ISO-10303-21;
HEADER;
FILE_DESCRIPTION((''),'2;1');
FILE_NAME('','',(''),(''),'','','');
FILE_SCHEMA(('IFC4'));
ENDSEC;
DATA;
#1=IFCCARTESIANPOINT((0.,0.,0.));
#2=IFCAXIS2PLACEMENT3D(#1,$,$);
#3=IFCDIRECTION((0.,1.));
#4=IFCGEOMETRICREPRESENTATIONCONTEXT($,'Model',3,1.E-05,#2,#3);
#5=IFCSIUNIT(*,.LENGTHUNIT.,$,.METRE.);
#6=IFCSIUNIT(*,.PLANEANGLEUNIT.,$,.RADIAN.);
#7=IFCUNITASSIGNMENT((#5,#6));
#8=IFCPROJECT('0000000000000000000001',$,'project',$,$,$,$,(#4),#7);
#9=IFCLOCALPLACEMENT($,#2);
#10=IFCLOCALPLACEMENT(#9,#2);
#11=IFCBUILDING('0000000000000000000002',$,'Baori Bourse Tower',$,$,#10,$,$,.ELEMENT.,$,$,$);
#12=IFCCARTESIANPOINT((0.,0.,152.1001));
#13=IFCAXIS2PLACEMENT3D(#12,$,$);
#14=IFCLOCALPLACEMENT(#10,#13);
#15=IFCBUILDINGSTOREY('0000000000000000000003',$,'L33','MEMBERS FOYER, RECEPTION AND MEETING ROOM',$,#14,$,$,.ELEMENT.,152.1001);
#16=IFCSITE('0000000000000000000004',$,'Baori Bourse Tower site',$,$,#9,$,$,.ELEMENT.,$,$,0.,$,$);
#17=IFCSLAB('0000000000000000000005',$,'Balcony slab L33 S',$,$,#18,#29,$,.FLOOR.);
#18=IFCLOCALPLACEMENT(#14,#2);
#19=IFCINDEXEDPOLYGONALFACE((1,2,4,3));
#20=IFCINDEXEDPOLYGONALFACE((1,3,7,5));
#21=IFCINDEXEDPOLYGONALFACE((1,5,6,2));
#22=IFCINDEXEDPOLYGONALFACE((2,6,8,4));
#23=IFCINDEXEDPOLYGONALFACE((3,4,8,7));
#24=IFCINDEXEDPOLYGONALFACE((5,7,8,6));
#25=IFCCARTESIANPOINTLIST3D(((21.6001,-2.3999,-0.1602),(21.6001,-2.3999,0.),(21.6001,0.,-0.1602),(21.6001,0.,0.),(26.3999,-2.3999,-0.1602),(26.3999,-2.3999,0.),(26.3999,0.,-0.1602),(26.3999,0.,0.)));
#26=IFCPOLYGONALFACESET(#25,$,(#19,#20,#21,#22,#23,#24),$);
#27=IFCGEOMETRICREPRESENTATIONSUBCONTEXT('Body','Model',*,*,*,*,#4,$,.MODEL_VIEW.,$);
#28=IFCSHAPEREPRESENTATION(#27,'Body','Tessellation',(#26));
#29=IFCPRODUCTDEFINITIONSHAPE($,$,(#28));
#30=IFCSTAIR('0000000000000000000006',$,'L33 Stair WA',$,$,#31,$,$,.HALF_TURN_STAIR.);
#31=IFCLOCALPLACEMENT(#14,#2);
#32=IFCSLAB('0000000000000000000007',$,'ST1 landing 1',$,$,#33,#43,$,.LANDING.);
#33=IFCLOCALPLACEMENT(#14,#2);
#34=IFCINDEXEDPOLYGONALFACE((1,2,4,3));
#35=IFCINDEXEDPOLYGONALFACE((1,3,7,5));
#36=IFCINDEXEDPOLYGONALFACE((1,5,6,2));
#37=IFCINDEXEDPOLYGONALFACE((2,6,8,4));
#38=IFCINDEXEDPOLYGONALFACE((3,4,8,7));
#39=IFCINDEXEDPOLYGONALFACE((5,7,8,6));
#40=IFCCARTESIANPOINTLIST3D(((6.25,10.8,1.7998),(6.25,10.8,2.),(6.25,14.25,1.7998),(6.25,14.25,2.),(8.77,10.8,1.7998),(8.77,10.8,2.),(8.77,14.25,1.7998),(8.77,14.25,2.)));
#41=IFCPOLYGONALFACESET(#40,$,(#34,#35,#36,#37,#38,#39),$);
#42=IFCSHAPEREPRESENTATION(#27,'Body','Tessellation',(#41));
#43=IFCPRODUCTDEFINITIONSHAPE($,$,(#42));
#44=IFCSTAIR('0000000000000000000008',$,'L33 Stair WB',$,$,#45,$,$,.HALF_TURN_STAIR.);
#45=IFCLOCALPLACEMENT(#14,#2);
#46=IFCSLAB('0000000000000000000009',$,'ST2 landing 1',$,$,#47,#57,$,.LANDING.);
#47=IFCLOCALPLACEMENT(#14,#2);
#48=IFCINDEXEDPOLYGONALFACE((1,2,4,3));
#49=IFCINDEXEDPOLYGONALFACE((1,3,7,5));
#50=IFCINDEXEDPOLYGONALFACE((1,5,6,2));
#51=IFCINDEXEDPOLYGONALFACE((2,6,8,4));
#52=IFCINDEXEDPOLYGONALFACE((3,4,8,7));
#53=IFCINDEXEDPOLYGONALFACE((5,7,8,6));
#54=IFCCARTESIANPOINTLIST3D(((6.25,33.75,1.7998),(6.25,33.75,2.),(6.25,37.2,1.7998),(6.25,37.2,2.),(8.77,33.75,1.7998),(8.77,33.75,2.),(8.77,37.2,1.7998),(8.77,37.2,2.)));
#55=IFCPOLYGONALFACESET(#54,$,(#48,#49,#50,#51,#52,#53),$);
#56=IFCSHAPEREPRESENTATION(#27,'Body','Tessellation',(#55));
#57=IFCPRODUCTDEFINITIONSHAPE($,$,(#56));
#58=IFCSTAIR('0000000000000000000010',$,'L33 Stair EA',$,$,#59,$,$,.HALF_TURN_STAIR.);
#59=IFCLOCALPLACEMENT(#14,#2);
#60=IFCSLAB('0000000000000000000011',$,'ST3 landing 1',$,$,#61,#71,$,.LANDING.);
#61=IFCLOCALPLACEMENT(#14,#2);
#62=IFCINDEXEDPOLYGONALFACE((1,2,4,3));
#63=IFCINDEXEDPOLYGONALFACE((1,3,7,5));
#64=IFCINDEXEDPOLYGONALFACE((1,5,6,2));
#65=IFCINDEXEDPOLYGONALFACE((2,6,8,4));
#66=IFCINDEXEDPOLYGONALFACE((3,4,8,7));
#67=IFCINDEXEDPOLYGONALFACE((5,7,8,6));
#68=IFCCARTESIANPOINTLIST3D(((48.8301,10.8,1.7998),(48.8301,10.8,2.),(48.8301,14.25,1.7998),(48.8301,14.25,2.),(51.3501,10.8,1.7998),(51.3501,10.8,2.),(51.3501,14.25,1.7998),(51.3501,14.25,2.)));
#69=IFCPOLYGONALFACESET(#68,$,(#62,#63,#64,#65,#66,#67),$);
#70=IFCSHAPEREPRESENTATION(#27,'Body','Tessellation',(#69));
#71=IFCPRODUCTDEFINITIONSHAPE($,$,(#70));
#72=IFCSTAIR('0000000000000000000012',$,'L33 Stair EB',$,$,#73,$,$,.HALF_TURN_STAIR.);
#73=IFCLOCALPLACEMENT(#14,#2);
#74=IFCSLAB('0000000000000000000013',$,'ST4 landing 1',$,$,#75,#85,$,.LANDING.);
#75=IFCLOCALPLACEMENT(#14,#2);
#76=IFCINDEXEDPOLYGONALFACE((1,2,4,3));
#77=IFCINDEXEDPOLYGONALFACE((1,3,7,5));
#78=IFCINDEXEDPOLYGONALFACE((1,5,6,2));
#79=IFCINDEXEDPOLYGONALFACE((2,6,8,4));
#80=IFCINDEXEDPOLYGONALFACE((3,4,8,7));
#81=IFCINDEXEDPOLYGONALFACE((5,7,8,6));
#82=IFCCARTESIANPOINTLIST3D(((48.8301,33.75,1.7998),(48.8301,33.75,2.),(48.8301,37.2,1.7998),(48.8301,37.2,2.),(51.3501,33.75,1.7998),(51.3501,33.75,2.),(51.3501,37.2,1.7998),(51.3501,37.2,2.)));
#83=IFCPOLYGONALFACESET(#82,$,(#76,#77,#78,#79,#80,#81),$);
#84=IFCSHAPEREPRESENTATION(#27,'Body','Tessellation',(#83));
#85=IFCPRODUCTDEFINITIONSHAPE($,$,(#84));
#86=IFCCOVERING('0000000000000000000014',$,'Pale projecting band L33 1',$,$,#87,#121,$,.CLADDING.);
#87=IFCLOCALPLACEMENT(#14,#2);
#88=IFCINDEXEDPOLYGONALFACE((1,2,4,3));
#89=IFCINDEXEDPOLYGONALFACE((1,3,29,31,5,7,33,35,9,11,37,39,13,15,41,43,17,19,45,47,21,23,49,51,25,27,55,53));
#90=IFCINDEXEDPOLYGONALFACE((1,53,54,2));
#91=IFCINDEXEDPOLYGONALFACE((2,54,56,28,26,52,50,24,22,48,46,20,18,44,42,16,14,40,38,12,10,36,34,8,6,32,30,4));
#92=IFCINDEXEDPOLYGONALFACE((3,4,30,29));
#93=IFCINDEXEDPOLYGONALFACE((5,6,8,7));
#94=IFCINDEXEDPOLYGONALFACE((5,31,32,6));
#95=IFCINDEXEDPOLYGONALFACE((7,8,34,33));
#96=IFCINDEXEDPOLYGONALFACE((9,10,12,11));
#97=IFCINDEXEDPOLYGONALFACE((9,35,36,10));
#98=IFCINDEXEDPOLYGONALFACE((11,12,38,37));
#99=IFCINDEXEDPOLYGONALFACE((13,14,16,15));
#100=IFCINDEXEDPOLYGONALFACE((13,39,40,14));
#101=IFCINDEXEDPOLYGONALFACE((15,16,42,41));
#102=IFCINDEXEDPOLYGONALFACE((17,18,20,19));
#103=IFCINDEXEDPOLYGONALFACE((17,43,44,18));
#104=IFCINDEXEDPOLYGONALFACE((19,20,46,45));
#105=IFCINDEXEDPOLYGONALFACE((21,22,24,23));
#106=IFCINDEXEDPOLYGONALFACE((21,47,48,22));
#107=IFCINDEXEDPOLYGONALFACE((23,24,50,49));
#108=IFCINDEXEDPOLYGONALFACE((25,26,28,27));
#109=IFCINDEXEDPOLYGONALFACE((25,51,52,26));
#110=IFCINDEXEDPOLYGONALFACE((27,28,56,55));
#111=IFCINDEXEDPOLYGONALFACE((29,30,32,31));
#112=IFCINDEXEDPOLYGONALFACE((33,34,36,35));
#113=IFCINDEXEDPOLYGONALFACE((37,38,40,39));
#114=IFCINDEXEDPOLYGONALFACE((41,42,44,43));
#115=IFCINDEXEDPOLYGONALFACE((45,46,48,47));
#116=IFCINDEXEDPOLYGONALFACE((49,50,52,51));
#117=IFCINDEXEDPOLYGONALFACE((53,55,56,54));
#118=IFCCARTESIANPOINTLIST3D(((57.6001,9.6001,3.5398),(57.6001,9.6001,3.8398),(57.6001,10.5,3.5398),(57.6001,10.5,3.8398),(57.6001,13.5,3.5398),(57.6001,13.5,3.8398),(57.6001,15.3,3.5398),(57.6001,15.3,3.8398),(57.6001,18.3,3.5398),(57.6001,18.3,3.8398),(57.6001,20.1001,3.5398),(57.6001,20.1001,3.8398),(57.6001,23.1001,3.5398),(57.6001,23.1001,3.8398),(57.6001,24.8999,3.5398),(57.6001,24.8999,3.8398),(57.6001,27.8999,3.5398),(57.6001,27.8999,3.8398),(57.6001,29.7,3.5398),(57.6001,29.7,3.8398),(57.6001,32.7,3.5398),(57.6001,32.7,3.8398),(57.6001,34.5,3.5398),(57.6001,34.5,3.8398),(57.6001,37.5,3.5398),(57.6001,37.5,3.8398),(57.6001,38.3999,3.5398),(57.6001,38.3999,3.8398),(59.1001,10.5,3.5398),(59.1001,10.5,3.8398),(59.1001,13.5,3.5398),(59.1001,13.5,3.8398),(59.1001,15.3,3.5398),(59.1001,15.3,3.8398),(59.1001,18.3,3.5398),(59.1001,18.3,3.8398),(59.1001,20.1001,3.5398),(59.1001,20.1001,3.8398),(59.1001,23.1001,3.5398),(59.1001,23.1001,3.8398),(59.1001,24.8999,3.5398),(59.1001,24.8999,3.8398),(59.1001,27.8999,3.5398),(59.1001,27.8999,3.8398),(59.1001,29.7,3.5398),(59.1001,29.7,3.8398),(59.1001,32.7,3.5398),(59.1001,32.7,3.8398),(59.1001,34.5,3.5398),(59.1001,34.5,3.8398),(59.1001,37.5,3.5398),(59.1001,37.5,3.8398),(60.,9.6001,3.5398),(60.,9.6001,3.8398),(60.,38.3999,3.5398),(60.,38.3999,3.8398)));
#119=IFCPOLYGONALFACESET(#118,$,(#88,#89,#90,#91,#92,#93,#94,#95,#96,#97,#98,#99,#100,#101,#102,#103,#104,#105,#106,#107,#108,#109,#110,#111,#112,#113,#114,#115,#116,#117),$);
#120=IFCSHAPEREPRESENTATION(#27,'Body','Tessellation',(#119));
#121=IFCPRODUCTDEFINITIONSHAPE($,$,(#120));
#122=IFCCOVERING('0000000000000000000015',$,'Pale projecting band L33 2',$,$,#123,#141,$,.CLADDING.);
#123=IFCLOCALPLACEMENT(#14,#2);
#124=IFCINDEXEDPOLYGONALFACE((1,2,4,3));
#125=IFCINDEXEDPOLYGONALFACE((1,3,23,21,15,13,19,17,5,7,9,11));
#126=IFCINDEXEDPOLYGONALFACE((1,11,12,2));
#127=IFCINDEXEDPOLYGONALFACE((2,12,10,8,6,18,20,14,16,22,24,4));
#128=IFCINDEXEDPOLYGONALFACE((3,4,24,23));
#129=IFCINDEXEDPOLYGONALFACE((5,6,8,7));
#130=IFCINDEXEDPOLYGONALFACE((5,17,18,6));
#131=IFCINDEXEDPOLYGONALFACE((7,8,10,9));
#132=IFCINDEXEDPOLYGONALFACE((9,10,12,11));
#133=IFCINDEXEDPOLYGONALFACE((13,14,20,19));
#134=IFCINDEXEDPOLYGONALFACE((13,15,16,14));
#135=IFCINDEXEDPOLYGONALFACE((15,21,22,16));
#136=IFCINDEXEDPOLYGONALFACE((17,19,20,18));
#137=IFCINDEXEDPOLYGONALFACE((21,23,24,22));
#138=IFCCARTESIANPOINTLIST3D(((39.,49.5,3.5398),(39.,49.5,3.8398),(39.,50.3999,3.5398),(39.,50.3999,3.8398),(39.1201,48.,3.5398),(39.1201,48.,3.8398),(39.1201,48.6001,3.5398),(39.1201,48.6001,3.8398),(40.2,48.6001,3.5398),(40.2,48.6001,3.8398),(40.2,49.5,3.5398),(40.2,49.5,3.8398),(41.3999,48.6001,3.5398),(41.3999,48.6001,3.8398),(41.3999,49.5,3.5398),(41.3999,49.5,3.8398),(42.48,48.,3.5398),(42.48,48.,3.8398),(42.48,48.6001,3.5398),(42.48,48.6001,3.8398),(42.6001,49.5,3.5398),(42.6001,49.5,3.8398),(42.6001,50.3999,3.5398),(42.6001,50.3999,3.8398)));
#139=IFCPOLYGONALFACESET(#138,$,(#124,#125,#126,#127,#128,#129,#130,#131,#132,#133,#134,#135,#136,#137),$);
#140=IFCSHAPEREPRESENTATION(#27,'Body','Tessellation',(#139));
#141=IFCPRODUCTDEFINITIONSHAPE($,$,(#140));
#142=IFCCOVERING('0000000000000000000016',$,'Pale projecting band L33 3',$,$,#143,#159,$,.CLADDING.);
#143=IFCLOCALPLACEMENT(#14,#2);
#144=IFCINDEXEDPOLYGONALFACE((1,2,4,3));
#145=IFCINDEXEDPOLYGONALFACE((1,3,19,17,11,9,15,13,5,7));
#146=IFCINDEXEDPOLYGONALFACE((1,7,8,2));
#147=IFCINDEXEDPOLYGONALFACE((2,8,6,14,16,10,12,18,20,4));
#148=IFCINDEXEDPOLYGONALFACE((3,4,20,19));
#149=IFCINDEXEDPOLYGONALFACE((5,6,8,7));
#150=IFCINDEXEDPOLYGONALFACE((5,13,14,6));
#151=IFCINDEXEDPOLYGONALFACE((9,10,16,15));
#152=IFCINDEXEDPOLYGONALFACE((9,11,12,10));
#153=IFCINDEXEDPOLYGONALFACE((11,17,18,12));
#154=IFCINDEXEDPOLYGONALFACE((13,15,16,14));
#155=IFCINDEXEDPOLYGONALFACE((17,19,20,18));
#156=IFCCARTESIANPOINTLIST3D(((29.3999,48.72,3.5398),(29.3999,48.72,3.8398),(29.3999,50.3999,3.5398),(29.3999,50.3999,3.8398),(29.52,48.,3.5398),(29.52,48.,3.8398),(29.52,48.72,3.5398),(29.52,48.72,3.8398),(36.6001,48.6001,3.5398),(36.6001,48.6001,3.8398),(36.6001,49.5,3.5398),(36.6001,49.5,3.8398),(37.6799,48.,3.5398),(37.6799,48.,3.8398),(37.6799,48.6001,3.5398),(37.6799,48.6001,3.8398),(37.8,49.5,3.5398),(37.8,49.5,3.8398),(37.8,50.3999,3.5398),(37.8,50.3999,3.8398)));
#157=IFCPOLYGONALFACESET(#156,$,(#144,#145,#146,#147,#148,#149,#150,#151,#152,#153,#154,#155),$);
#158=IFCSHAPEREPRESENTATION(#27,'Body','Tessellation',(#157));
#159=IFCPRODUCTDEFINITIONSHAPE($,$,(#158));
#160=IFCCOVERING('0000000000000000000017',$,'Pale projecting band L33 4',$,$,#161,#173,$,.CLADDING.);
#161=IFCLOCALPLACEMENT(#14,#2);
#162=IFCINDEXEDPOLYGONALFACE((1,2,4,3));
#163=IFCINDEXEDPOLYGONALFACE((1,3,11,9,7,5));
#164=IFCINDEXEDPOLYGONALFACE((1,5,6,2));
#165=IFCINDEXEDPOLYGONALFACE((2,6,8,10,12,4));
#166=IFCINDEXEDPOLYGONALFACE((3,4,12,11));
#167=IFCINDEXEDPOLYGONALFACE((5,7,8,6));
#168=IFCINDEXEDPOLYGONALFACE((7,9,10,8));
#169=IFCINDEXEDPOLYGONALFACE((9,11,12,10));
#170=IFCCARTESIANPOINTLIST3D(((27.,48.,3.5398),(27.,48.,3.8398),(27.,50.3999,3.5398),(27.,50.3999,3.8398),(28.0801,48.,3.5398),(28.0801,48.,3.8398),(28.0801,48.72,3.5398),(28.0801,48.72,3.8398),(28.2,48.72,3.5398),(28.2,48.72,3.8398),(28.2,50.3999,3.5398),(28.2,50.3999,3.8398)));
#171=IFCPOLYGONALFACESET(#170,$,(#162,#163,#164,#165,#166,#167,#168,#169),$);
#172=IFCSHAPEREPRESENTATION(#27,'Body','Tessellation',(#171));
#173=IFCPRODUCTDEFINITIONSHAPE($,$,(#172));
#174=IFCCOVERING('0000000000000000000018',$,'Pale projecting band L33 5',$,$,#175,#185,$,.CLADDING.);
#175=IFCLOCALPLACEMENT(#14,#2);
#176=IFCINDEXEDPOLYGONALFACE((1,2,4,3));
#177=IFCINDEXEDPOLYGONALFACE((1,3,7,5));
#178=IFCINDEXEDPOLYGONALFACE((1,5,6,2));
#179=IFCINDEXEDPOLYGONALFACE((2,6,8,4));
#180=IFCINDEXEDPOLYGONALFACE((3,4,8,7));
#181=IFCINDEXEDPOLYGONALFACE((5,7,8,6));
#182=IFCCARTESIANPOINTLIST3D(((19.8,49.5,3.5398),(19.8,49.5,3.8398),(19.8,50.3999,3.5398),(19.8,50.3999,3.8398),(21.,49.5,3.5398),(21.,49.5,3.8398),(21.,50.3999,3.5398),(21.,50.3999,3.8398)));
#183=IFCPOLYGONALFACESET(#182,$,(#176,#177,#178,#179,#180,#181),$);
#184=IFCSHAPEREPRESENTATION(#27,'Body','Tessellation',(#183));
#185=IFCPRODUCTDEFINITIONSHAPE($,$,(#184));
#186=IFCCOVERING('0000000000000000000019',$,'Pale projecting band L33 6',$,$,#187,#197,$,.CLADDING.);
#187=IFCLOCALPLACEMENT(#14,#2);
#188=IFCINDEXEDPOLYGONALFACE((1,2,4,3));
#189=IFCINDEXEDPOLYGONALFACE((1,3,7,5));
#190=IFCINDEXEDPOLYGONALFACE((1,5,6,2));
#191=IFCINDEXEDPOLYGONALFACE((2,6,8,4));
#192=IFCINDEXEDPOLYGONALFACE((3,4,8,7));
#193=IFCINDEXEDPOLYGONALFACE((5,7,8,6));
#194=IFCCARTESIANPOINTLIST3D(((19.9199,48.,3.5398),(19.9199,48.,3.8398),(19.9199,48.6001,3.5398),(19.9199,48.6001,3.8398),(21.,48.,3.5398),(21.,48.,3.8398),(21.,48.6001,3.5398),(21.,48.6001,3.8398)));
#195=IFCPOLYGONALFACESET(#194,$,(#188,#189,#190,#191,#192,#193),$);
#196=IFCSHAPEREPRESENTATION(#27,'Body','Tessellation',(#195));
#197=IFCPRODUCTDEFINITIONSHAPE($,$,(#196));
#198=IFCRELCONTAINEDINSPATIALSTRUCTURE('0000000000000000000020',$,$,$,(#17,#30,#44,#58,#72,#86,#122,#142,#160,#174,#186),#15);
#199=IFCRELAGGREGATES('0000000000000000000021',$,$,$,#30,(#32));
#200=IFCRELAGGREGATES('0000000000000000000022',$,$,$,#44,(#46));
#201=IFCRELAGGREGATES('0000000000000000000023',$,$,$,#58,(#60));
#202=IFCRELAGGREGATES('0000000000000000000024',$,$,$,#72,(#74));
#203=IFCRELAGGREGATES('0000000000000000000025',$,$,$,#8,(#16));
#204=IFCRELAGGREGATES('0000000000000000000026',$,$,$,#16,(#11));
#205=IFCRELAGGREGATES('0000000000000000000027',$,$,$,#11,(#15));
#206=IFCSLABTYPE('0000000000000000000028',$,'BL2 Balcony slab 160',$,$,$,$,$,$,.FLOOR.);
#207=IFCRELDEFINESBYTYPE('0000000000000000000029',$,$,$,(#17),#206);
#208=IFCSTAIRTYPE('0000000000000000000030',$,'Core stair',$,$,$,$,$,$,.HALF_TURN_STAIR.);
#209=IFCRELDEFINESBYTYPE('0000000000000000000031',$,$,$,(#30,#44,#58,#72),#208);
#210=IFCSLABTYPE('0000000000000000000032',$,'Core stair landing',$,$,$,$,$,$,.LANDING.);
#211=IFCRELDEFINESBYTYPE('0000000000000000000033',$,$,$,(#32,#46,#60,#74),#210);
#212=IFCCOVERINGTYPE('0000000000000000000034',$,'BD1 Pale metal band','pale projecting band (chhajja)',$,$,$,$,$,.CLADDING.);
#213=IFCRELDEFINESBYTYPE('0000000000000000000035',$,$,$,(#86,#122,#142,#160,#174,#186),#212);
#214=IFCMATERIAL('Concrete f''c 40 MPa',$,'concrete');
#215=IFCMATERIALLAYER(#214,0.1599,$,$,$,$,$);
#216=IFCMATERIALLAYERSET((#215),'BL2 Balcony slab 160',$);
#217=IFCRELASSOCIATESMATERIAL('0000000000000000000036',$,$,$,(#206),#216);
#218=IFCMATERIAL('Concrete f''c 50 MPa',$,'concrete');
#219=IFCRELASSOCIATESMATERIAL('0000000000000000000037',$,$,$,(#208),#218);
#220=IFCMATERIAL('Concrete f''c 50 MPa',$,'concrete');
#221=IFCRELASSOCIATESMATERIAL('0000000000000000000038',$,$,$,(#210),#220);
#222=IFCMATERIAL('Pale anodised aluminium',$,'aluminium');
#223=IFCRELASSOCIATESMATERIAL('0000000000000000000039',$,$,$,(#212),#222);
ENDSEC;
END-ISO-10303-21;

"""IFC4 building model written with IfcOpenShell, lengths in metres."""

from ifc_helpers import new_model, si_unit, direction, frame, origin, place, context, subcontext, project, spatial, polyline, outline, extrude, material, layer, layer_set, type_object, element, aggregate, save


model = new_model("IFC4")

# Units and contexts
model_context = context("Model", 3, precision=1e-05, world=origin(), true_north=direction((0.0, 1.0)))
body_context = subcontext(model_context, "Body", "Model", "MODEL_VIEW")
ifc_project = project(units=[si_unit("LENGTHUNIT", "METRE"), si_unit("PLANEANGLEUNIT", "RADIAN")], contexts=[model_context])

# Site, building, storey
site_placement = place(None, origin())
site = spatial("IfcSite", under=ifc_project, at=site_placement, Name="Baori Bourse Tower site", CompositionType="ELEMENT", RefElevation=0.0)
building_placement = place(site_placement, origin())
building = spatial("IfcBuilding", under=site, at=building_placement, Name="Baori Bourse Tower", CompositionType="ELEMENT")
storey_placement = place(building_placement, frame((0.0, 0.0, 152.1001)))
storey = spatial("IfcBuildingStorey", under=building, at=storey_placement, Name="L33", Description="MEMBERS FOYER, RECEPTION AND MEETING ROOM", CompositionType="ELEMENT", Elevation=152.1001)

# Slab
ifc_material_1 = material(Name="Concrete f'c 40 MPa", Category="concrete")
ifc_layer_1 = layer(ifc_material_1, 0.1599)
ifc_layer_set_1 = layer_set([ifc_layer_1], Name="BL2 Balcony slab 160")
slab_type_1 = type_object("IfcSlabType", Name="BL2 Balcony slab 160", PredefinedType="FLOOR", material=ifc_layer_set_1)
slab_1_placement = place(storey_placement, frame((0.0, 0.0, -0.1602)))
element("IfcSlab", 1, at=slab_1_placement, inside=storey, type_object=slab_type_1, Name="Balcony slab L33 S", PredefinedType="FLOOR", context=body_context, shape_type="SweptSolid", body=[
    extrude(outline(polyline([(21.6001, 0.0), (21.6001, -2.3999), (26.3999, -2.3999), (26.3999, 0.0), (21.6001, 0.0)])), origin(), (0.0, 0.0, 1.0), 0.1602),
])

# Stairs, slabs
ifc_material_2 = material(Name="Concrete f'c 50 MPa", Category="concrete")
stair_type = type_object("IfcStairType", Name="Core stair", PredefinedType="HALF_TURN_STAIR", material=ifc_material_2)
stair_1_placement = place(storey_placement, origin())
stair_1 = element("IfcStair", 2, at=stair_1_placement, inside=storey, type_object=stair_type, Name="L33 Stair WA", PredefinedType="HALF_TURN_STAIR")
ifc_material_3 = material(Name="Concrete f'c 50 MPa", Category="concrete")
slab_type_2 = type_object("IfcSlabType", Name="Core stair landing", PredefinedType="LANDING", material=ifc_material_3)
slab_2_placement = place(storey_placement, frame((0.0, 0.0, 1.7998)))
slab_2 = element("IfcSlab", 3, at=slab_2_placement, type_object=slab_type_2, Name="ST1 landing 1", PredefinedType="LANDING", context=body_context, shape_type="SweptSolid", body=[
    extrude(outline(polyline([(8.77, 14.25), (6.25, 14.25), (6.25, 10.8), (8.77, 10.8), (8.77, 14.25)])), origin(), (0.0, 0.0, 1.0), 0.2002),
])
aggregate(stair_1, [slab_2])
stair_2_placement = place(storey_placement, origin())
stair_2 = element("IfcStair", 4, at=stair_2_placement, inside=storey, type_object=stair_type, Name="L33 Stair WB", PredefinedType="HALF_TURN_STAIR")
slab_3_placement = place(storey_placement, frame((0.0, 0.0, 1.7998)))
slab_3 = element("IfcSlab", 5, at=slab_3_placement, type_object=slab_type_2, Name="ST2 landing 1", PredefinedType="LANDING", context=body_context, shape_type="SweptSolid", body=[
    extrude(outline(polyline([(8.77, 37.2), (6.25, 37.2), (6.25, 33.75), (8.77, 33.75), (8.77, 37.2)])), origin(), (0.0, 0.0, 1.0), 0.2002),
])
aggregate(stair_2, [slab_3])
stair_3_placement = place(storey_placement, origin())
stair_3 = element("IfcStair", 6, at=stair_3_placement, inside=storey, type_object=stair_type, Name="L33 Stair EA", PredefinedType="HALF_TURN_STAIR")
slab_4_placement = place(storey_placement, frame((0.0, 0.0, 1.7998)))
slab_4 = element("IfcSlab", 7, at=slab_4_placement, type_object=slab_type_2, Name="ST3 landing 1", PredefinedType="LANDING", context=body_context, shape_type="SweptSolid", body=[
    extrude(outline(polyline([(48.8301, 10.8), (51.3501, 10.8), (51.3501, 14.25), (48.8301, 14.25), (48.8301, 10.8)])), origin(), (0.0, 0.0, 1.0), 0.2002),
])
aggregate(stair_3, [slab_4])
stair_4_placement = place(storey_placement, origin())
stair_4 = element("IfcStair", 8, at=stair_4_placement, inside=storey, type_object=stair_type, Name="L33 Stair EB", PredefinedType="HALF_TURN_STAIR")
slab_5_placement = place(storey_placement, frame((0.0, 0.0, 1.7998)))
slab_5 = element("IfcSlab", 9, at=slab_5_placement, type_object=slab_type_2, Name="ST4 landing 1", PredefinedType="LANDING", context=body_context, shape_type="SweptSolid", body=[
    extrude(outline(polyline([(48.8301, 33.75), (51.3501, 33.75), (51.3501, 37.2), (48.8301, 37.2), (48.8301, 33.75)])), origin(), (0.0, 0.0, 1.0), 0.2002),
])
aggregate(stair_4, [slab_5])

# Coverings
ifc_material_4 = material(Name="Pale anodised aluminium", Category="aluminium")
covering_type_1 = type_object("IfcCoveringType", Name="BD1 Pale metal band", Description="pale projecting band (chhajja)", PredefinedType="CLADDING", material=ifc_material_4)
covering_1_placement = place(storey_placement, frame((0.0, 0.0, 3.5398)))
element("IfcCovering", 10, at=covering_1_placement, inside=storey, type_object=covering_type_1, Name="Pale projecting band L33 1", PredefinedType="CLADDING", context=body_context, shape_type="SweptSolid", body=[
    extrude(outline(polyline([(57.6001, 10.5), (57.6001, 9.6001), (60.0, 9.6001), (60.0, 38.3999), (57.6001, 38.3999), (57.6001, 37.5), (59.1001, 37.5), (59.1001, 34.5), (57.6001, 34.5), (57.6001, 32.7), (59.1001, 32.7), (59.1001, 29.7), (57.6001, 29.7), (57.6001, 27.8999), (59.1001, 27.8999), (59.1001, 24.8999), (57.6001, 24.8999), (57.6001, 23.1001), (59.1001, 23.1001), (59.1001, 20.1001), (57.6001, 20.1001), (57.6001, 18.3), (59.1001, 18.3), (59.1001, 15.3), (57.6001, 15.3), (57.6001, 13.5), (59.1001, 13.5), (59.1001, 10.5), (57.6001, 10.5)])), origin(), (0.0, 0.0, 1.0), 0.3),
])
covering_2_placement = place(storey_placement, frame((0.0, 0.0, 3.5398)))
element("IfcCovering", 11, at=covering_2_placement, inside=storey, type_object=covering_type_1, Name="Pale projecting band L33 2", PredefinedType="CLADDING", context=body_context, shape_type="SweptSolid", body=[
    extrude(outline(polyline([(39.1201, 48.0), (42.48, 48.0), (42.48, 48.6001), (41.3999, 48.6001), (41.3999, 49.5), (42.6001, 49.5), (42.6001, 50.3999), (39.0, 50.3999), (39.0, 49.5), (40.2, 49.5), (40.2, 48.6001), (39.1201, 48.6001), (39.1201, 48.0)])), origin(), (0.0, 0.0, 1.0), 0.3),
])
covering_3_placement = place(storey_placement, frame((0.0, 0.0, 3.5398)))
element("IfcCovering", 12, at=covering_3_placement, inside=storey, type_object=covering_type_1, Name="Pale projecting band L33 3", PredefinedType="CLADDING", context=body_context, shape_type="SweptSolid", body=[
    extrude(outline(polyline([(29.52, 48.0), (37.6799, 48.0), (37.6799, 48.6001), (36.6001, 48.6001), (36.6001, 49.5), (37.8, 49.5), (37.8, 50.3999), (29.3999, 50.3999), (29.3999, 48.72), (29.52, 48.72), (29.52, 48.0)])), origin(), (0.0, 0.0, 1.0), 0.3),
])
covering_4_placement = place(storey_placement, frame((0.0, 0.0, 3.5398)))
element("IfcCovering", 13, at=covering_4_placement, inside=storey, type_object=covering_type_1, Name="Pale projecting band L33 4", PredefinedType="CLADDING", context=body_context, shape_type="SweptSolid", body=[
    extrude(outline(polyline([(27.0, 48.0), (28.0801, 48.0), (28.0801, 48.72), (28.2, 48.72), (28.2, 50.3999), (27.0, 50.3999), (27.0, 48.0)])), origin(), (0.0, 0.0, 1.0), 0.3),
])
covering_5_placement = place(storey_placement, frame((0.0, 0.0, 3.5398)))
element("IfcCovering", 14, at=covering_5_placement, inside=storey, type_object=covering_type_1, Name="Pale projecting band L33 5", PredefinedType="CLADDING", context=body_context, shape_type="SweptSolid", body=[
    extrude(outline(polyline([(19.8, 50.3999), (19.8, 49.5), (21.0, 49.5), (21.0, 50.3999), (19.8, 50.3999)])), origin(), (0.0, 0.0, 1.0), 0.3),
])
covering_6_placement = place(storey_placement, frame((0.0, 0.0, 3.5398)))
element("IfcCovering", 15, at=covering_6_placement, inside=storey, type_object=covering_type_1, Name="Pale projecting band L33 6", PredefinedType="CLADDING", context=body_context, shape_type="SweptSolid", body=[
    extrude(outline(polyline([(19.9199, 48.0), (21.0, 48.0), (21.0, 48.6001), (19.9199, 48.6001), (19.9199, 48.0)])), origin(), (0.0, 0.0, 1.0), 0.3),
])

save(model, "model.ifc")
